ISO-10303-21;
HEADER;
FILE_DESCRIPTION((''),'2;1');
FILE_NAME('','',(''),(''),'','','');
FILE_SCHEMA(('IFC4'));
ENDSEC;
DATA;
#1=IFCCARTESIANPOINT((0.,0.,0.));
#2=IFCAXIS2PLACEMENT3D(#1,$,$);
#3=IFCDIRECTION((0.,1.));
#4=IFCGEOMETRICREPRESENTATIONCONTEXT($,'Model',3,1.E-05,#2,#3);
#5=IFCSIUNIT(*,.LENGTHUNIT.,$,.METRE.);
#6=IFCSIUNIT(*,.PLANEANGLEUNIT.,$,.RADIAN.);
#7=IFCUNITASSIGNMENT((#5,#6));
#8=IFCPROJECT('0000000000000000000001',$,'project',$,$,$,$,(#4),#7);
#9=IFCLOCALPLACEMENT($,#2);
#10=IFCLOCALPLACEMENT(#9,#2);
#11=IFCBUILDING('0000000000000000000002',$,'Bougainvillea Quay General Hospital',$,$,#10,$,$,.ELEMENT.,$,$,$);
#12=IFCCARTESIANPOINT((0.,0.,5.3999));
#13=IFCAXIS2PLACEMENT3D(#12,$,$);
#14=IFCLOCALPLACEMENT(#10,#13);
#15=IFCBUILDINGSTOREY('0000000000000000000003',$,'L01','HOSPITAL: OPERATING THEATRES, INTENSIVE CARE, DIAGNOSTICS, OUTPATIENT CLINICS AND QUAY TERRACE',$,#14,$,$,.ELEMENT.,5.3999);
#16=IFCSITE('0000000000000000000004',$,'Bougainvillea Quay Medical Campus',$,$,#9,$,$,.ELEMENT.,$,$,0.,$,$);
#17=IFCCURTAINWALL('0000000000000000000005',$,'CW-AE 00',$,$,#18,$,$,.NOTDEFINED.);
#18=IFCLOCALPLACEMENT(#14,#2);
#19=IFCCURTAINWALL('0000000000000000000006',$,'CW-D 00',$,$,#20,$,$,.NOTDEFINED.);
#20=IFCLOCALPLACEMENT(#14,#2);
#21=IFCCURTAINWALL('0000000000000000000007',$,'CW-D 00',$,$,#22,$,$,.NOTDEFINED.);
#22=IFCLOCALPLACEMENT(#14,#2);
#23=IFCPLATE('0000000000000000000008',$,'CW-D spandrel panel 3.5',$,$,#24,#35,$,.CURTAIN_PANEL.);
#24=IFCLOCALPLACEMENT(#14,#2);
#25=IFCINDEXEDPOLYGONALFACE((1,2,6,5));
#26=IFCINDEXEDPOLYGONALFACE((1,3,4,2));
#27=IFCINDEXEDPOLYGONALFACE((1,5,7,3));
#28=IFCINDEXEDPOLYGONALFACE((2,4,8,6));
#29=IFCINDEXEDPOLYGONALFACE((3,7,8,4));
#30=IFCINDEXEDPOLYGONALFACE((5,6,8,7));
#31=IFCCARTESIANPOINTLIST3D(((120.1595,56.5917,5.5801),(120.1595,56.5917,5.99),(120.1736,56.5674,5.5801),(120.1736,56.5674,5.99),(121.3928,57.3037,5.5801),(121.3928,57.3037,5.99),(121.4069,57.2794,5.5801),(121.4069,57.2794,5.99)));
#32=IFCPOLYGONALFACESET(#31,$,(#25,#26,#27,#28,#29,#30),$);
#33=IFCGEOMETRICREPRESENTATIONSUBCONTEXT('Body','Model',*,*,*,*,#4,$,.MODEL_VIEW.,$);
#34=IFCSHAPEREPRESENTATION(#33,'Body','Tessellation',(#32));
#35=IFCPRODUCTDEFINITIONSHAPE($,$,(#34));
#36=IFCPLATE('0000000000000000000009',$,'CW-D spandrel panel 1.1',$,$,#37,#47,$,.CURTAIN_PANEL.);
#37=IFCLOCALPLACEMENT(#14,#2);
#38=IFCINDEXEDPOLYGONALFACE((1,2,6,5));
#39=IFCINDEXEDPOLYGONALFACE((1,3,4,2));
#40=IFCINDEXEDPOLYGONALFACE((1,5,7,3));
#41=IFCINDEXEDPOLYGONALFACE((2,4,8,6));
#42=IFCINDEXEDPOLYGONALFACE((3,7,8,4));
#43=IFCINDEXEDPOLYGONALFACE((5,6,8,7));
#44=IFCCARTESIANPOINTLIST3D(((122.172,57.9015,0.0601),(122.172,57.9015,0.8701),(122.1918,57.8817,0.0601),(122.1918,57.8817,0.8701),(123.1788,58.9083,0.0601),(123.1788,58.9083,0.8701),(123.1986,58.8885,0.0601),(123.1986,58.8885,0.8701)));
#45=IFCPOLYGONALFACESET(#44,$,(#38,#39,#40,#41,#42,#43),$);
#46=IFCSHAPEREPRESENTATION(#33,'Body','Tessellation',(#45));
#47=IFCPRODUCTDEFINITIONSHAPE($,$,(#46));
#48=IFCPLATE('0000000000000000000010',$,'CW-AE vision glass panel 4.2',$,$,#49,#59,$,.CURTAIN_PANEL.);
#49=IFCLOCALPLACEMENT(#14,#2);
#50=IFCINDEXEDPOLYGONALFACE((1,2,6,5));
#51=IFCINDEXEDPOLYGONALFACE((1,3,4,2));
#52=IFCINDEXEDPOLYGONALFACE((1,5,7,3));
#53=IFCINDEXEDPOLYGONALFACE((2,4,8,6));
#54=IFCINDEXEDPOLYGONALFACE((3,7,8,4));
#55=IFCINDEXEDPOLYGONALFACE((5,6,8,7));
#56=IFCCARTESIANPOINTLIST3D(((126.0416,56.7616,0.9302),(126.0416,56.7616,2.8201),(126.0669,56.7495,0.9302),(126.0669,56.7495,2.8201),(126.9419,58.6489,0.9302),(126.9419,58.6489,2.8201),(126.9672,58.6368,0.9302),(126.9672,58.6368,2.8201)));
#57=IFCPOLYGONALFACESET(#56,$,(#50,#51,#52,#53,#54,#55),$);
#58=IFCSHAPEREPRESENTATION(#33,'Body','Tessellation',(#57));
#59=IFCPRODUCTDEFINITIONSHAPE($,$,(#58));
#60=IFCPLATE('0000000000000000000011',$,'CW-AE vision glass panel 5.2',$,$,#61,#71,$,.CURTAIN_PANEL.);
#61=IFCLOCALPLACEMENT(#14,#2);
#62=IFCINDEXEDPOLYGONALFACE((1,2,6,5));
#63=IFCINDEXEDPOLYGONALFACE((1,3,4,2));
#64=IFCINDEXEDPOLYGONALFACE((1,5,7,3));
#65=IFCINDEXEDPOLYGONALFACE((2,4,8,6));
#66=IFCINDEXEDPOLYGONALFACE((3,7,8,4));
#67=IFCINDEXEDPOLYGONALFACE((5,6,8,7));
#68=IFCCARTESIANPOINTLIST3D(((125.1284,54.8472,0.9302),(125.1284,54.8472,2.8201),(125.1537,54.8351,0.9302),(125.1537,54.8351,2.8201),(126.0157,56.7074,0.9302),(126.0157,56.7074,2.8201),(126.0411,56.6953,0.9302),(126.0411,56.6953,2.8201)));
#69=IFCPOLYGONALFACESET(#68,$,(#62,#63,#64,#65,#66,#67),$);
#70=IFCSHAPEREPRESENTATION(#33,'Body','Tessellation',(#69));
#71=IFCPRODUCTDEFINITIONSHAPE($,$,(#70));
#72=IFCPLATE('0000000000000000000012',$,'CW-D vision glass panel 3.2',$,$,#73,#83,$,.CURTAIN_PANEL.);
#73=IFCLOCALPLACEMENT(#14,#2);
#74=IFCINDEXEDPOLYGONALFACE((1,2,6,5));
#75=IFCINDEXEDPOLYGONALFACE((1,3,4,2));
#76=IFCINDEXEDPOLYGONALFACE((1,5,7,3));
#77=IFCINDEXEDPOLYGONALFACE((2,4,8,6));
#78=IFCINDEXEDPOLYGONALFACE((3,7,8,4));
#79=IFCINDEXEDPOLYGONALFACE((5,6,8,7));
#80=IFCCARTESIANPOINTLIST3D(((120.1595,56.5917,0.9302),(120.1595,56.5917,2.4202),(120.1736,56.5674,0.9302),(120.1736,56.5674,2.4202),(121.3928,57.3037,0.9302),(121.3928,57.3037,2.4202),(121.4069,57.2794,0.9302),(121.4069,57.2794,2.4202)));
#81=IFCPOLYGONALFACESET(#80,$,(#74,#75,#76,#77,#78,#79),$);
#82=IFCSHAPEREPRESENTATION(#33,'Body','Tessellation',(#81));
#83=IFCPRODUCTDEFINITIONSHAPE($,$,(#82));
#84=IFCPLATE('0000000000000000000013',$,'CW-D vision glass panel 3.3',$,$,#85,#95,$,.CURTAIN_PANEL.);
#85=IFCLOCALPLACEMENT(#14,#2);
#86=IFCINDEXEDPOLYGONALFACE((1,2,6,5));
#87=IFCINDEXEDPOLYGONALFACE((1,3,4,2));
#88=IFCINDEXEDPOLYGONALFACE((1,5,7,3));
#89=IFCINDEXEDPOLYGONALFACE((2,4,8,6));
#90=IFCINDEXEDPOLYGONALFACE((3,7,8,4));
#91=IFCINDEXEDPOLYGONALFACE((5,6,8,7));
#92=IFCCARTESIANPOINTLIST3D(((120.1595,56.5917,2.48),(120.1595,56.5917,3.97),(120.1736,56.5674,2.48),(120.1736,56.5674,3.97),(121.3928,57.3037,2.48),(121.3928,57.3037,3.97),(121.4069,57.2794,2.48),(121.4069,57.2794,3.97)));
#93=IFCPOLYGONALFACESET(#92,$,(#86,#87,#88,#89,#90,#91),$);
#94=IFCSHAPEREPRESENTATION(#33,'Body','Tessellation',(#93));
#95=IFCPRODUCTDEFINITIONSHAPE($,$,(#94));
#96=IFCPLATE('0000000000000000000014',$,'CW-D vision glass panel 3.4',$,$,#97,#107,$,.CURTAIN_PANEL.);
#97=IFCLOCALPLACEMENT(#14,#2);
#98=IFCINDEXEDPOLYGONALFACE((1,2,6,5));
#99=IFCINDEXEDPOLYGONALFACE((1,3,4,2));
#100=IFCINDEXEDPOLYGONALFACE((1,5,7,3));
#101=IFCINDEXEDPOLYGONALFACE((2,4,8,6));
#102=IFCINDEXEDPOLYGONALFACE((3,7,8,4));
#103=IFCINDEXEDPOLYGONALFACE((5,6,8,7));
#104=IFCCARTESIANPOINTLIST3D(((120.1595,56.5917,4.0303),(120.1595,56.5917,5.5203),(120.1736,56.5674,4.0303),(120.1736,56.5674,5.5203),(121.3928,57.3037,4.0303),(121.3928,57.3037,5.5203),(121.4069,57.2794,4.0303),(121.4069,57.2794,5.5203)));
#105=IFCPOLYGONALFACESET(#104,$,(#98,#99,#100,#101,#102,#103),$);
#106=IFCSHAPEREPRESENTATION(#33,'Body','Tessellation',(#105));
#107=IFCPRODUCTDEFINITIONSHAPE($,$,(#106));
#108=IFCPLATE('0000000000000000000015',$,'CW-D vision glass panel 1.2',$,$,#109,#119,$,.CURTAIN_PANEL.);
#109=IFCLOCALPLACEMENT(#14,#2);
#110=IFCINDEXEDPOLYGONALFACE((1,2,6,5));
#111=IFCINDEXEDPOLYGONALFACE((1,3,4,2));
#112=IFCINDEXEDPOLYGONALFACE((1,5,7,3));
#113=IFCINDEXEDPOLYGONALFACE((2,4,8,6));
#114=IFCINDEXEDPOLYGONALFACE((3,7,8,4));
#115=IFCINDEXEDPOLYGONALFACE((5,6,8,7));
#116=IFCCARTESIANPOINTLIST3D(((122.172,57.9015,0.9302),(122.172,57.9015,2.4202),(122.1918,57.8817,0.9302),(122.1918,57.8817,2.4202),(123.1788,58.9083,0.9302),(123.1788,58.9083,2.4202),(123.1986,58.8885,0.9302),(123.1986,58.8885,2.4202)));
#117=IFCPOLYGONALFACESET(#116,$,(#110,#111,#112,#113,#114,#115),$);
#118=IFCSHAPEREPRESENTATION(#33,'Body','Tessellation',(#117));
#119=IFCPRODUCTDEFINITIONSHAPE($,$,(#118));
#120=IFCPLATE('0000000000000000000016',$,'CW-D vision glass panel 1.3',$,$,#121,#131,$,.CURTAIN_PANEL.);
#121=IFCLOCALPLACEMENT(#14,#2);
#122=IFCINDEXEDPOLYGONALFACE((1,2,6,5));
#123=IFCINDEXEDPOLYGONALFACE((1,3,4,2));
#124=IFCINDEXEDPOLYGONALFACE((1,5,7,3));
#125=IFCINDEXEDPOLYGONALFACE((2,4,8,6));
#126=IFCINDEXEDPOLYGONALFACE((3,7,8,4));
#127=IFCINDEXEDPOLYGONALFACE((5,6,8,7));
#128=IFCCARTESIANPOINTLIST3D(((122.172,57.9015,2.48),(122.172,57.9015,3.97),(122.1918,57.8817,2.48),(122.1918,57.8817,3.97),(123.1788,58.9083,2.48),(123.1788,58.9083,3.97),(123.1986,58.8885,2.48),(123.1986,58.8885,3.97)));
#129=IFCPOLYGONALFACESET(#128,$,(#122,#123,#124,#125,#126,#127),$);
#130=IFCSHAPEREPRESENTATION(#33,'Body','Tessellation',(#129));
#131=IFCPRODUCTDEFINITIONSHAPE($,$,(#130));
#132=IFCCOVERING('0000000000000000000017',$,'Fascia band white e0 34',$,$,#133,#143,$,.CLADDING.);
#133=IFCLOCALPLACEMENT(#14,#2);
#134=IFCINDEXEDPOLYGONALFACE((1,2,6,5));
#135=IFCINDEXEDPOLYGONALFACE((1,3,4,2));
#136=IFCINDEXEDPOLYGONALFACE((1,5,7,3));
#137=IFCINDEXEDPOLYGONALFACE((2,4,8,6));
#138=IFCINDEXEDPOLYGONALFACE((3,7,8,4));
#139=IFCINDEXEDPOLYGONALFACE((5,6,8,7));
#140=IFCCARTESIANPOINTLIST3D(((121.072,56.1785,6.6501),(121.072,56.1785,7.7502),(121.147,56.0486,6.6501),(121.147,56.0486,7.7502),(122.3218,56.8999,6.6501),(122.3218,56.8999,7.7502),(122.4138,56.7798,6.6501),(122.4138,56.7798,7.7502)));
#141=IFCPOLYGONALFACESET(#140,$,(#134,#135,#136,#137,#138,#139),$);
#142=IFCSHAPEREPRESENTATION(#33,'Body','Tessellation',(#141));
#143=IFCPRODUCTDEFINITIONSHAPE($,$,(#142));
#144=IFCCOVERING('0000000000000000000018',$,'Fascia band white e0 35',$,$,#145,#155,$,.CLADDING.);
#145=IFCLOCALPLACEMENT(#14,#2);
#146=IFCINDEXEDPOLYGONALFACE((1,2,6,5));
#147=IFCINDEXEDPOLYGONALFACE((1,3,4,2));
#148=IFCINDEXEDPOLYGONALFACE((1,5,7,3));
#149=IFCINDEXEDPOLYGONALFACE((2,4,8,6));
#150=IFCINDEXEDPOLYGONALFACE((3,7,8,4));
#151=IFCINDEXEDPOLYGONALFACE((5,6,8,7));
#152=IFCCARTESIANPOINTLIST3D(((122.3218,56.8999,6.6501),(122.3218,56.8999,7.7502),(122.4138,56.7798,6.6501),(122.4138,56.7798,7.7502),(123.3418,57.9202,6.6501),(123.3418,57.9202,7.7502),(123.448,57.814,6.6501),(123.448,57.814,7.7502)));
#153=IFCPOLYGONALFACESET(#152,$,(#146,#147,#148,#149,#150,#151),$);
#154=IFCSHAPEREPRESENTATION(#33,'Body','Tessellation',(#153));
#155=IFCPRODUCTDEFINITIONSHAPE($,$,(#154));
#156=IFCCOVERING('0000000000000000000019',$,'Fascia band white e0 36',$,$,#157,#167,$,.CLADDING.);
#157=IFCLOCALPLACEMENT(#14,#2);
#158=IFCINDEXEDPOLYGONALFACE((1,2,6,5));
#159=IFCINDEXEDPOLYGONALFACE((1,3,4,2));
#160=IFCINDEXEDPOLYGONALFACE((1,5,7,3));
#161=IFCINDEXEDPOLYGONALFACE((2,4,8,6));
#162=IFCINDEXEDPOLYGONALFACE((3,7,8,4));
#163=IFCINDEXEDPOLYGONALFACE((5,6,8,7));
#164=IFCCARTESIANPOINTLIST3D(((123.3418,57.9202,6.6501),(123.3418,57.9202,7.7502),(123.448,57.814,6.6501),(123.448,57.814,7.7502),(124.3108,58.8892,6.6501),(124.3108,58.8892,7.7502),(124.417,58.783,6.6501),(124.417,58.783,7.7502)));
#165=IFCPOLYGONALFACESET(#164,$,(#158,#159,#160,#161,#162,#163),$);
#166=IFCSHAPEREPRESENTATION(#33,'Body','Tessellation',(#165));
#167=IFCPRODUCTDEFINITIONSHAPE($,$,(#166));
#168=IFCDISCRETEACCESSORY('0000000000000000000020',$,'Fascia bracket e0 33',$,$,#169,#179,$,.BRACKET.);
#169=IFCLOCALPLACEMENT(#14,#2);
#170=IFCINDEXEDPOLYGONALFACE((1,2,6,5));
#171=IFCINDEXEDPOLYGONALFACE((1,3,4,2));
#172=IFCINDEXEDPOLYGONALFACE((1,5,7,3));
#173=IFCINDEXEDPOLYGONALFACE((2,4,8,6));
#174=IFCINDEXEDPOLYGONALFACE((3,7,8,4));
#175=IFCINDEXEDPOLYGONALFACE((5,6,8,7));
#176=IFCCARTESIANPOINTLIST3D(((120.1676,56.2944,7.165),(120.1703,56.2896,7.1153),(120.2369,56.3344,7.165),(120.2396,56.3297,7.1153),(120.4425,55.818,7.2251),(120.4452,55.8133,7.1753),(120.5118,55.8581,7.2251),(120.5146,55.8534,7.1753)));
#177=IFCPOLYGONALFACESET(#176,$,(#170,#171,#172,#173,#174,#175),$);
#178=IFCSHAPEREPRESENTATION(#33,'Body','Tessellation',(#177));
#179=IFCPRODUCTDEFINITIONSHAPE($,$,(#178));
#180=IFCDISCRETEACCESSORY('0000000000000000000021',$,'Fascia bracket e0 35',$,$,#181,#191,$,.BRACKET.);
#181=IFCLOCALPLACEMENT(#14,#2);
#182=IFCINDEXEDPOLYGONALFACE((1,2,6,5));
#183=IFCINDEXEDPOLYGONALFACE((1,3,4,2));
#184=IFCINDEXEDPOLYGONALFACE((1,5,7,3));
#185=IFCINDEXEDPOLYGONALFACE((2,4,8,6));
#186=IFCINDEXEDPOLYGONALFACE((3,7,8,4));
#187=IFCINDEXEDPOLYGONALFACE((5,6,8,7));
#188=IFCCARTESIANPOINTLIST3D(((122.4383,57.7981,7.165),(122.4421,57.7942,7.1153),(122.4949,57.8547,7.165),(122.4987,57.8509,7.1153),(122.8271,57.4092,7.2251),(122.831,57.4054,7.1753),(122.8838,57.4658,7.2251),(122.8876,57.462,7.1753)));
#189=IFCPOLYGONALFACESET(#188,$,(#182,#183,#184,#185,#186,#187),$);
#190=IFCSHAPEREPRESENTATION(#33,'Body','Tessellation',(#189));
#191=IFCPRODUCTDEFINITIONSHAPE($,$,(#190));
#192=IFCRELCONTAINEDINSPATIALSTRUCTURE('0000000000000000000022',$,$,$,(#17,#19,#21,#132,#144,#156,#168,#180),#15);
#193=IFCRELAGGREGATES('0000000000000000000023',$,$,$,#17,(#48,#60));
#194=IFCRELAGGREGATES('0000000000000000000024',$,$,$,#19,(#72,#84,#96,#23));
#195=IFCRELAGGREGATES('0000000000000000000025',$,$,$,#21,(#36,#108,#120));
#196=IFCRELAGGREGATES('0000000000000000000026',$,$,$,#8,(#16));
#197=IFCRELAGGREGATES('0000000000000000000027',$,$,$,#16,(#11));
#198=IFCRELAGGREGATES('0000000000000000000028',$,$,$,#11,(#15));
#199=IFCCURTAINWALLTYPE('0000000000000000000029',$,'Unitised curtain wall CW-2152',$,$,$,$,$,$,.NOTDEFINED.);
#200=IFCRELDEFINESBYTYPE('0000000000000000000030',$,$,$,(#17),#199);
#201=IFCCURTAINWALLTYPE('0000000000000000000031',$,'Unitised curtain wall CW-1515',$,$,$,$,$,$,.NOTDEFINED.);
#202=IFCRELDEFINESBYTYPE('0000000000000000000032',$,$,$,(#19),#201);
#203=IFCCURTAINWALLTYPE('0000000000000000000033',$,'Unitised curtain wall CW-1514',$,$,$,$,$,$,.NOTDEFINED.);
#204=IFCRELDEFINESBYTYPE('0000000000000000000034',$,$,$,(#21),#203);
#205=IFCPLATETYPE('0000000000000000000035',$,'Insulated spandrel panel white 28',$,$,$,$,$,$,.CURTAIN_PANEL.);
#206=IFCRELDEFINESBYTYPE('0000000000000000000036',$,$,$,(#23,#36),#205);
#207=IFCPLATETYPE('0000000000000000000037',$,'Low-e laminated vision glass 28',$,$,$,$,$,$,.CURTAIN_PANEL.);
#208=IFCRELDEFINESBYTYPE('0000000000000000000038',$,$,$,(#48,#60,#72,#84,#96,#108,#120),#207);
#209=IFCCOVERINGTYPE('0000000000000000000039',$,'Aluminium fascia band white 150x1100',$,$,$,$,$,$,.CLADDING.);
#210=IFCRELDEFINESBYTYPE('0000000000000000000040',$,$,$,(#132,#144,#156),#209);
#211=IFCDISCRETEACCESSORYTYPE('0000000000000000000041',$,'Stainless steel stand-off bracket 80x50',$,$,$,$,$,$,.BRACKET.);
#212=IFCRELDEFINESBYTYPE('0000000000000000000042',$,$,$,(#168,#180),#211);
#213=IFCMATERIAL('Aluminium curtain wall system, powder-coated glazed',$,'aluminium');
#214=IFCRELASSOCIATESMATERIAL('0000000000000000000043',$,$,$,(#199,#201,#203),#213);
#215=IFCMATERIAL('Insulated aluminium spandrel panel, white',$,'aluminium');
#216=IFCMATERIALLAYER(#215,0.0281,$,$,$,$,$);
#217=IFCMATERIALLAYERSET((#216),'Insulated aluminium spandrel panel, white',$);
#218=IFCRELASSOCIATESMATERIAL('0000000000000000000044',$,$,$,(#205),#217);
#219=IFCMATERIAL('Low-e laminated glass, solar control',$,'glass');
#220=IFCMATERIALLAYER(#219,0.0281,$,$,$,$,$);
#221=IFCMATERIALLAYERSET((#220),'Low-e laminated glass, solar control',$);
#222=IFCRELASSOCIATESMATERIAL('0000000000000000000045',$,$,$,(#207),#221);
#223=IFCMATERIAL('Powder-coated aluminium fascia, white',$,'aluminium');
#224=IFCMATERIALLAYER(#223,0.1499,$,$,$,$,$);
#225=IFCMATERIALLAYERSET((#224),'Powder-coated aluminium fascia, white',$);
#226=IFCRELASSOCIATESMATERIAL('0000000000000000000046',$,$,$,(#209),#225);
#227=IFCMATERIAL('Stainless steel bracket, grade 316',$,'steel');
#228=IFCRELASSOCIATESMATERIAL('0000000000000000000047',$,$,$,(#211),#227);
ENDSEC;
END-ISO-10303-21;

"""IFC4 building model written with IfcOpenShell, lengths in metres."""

from ifc_helpers import new_model, si_unit, direction, frame, origin, origin_2d, place, context, subcontext, project, spatial, polyline, rectangle, outline, extrude, material, layer, layer_set, material_profile, profile_set, type_object, element, aggregate, save


model = new_model("IFC4")

# Units and contexts
model_context = context("Model", 3, precision=1e-05, world=origin(), true_north=direction((0.0, 1.0)))
body_context = subcontext(model_context, "Body", "Model", "MODEL_VIEW")
ifc_project = project(units=[si_unit("LENGTHUNIT", "METRE"), si_unit("PLANEANGLEUNIT", "RADIAN")], contexts=[model_context])

# Site, building, storey
site_placement = place(None, origin())
site = spatial("IfcSite", under=ifc_project, at=site_placement, Name="Bougainvillea Quay Medical Campus", CompositionType="ELEMENT", RefElevation=0.0)
building_placement = place(site_placement, origin())
building = spatial("IfcBuilding", under=site, at=building_placement, Name="Bougainvillea Quay General Hospital", CompositionType="ELEMENT")
storey_placement = place(building_placement, frame((0.0, 0.0, 5.3999)))
storey = spatial("IfcBuildingStorey", under=building, at=storey_placement, Name="L01", Description="HOSPITAL: OPERATING THEATRES, INTENSIVE CARE, DIAGNOSTICS, OUTPATIENT CLINICS AND QUAY TERRACE", CompositionType="ELEMENT", Elevation=5.3999)

# Curtain wall
ifc_material_1 = material(Name="Aluminium curtain wall system, powder-coated glazed", Category="aluminium")
curtain_wall_type_1 = type_object("IfcCurtainWallType", Name="Unitised curtain wall CW-2152", PredefinedType="NOTDEFINED", material=ifc_material_1)
curtain_wall_1_placement = place(storey_placement, origin())
curtain_wall_1 = element("IfcCurtainWall", 1, at=curtain_wall_1_placement, inside=storey, type_object=curtain_wall_type_1, Name="CW-AE 00", PredefinedType="NOTDEFINED")

# Curtain walls
curtain_wall_type_2 = type_object("IfcCurtainWallType", Name="Unitised curtain wall CW-1515", PredefinedType="NOTDEFINED", material=ifc_material_1)
curtain_wall_2_placement = place(storey_placement, origin())
curtain_wall_2 = element("IfcCurtainWall", 2, at=curtain_wall_2_placement, inside=storey, type_object=curtain_wall_type_2, Name="CW-D 00", PredefinedType="NOTDEFINED")
curtain_wall_type_3 = type_object("IfcCurtainWallType", Name="Unitised curtain wall CW-1514", PredefinedType="NOTDEFINED", material=ifc_material_1)
curtain_wall_3_placement = place(storey_placement, origin())
curtain_wall_3 = element("IfcCurtainWall", 3, at=curtain_wall_3_placement, inside=storey, type_object=curtain_wall_type_3, Name="CW-D 00", PredefinedType="NOTDEFINED")

# Plates
ifc_material_2 = material(Name="Insulated aluminium spandrel panel, white", Category="aluminium")
ifc_layer_1 = layer(ifc_material_2, 0.0281)
ifc_layer_set_1 = layer_set([ifc_layer_1], Name="Insulated aluminium spandrel panel, white")
plate_type_1 = type_object("IfcPlateType", Name="Insulated spandrel panel white 28", PredefinedType="CURTAIN_PANEL", material=ifc_layer_set_1)
plate_1_placement = place(storey_placement, frame((120.7832, 56.9355, 5.5801), z_axis=(0.0, 0.0, 1.0), x_axis=(0.866046, 0.499965, 0.0)))
plate_1 = element("IfcPlate", 4, at=plate_1_placement, type_object=plate_type_1, Name="CW-D spandrel panel 3.5", PredefinedType="CURTAIN_PANEL", context=body_context, shape_type="SweptSolid", body=[
    extrude(rectangle(XDim=1.4241, YDim=0.0281, at=origin_2d()), origin(), (0.0, 0.0, 1.0), 0.4099),
])
plate_2_placement = place(storey_placement, frame((122.6853, 58.395, 0.0601), z_axis=(0.0, 0.0, 1.0), x_axis=(0.707107, 0.707107, 0.0)))
plate_2 = element("IfcPlate", 5, at=plate_2_placement, type_object=plate_type_1, Name="CW-D spandrel panel 1.1", PredefinedType="CURTAIN_PANEL", context=body_context, shape_type="SweptSolid", body=[
    extrude(rectangle(XDim=1.4238, YDim=0.0281, at=origin_2d()), origin(), (0.0, 0.0, 1.0), 0.8101),
])
ifc_material_3 = material(Name="Low-e laminated glass, solar control", Category="glass")
ifc_layer_2 = layer(ifc_material_3, 0.0281)
ifc_layer_set_2 = layer_set([ifc_layer_2], Name="Low-e laminated glass, solar control")
plate_type_2 = type_object("IfcPlateType", Name="Low-e laminated vision glass 28", PredefinedType="CURTAIN_PANEL", material=ifc_layer_set_2)
plate_3_placement = place(storey_placement, frame((126.5044, 57.6992, 0.9302), z_axis=(0.0, 0.0, 1.0), x_axis=(-0.43053, -0.902576, 0.0)))
plate_3 = element("IfcPlate", 6, at=plate_3_placement, type_object=plate_type_2, Name="CW-AE vision glass panel 4.2", PredefinedType="CURTAIN_PANEL", context=body_context, shape_type="SweptSolid", body=[
    extrude(rectangle(XDim=2.0911, YDim=0.0281, at=origin_2d()), origin(), (0.0, 0.0, 1.0), 1.8899),
])
plate_4_placement = place(storey_placement, frame((125.5847, 55.7712, 0.9302), z_axis=(0.0, 0.0, 1.0), x_axis=(-0.43053, -0.902576, 0.0)))
plate_4 = element("IfcPlate", 7, at=plate_4_placement, type_object=plate_type_2, Name="CW-AE vision glass panel 5.2", PredefinedType="CURTAIN_PANEL", context=body_context, shape_type="SweptSolid", body=[
    extrude(rectangle(XDim=2.061, YDim=0.0281, at=origin_2d()), origin(), (0.0, 0.0, 1.0), 1.8899),
])
aggregate(curtain_wall_1, [plate_3, plate_4])
plate_5_placement = place(storey_placement, frame((120.7832, 56.9355, 0.9302), z_axis=(0.0, 0.0, 1.0), x_axis=(0.866046, 0.499965, 0.0)))
plate_5 = element("IfcPlate", 8, at=plate_5_placement, type_object=plate_type_2, Name="CW-D vision glass panel 3.2", PredefinedType="CURTAIN_PANEL", context=body_context, shape_type="SweptSolid", body=[
    extrude(rectangle(XDim=1.4241, YDim=0.0281, at=origin_2d()), origin(), (0.0, 0.0, 1.0), 1.49),
])
plate_6_placement = place(storey_placement, frame((120.7832, 56.9355, 2.48), z_axis=(0.0, 0.0, 1.0), x_axis=(0.866046, 0.499965, 0.0)))
plate_6 = element("IfcPlate", 9, at=plate_6_placement, type_object=plate_type_2, Name="CW-D vision glass panel 3.3", PredefinedType="CURTAIN_PANEL", context=body_context, shape_type="SweptSolid", body=[
    extrude(rectangle(XDim=1.4241, YDim=0.0281, at=origin_2d()), origin(), (0.0, 0.0, 1.0), 1.49),
])
plate_7_placement = place(storey_placement, frame((120.7832, 56.9355, 4.0303), z_axis=(0.0, 0.0, 1.0), x_axis=(0.866046, 0.499965, 0.0)))
plate_7 = element("IfcPlate", 10, at=plate_7_placement, type_object=plate_type_2, Name="CW-D vision glass panel 3.4", PredefinedType="CURTAIN_PANEL", context=body_context, shape_type="SweptSolid", body=[
    extrude(rectangle(XDim=1.4241, YDim=0.0281, at=origin_2d()), origin(), (0.0, 0.0, 1.0), 1.49),
])
aggregate(curtain_wall_2, [plate_5, plate_6, plate_7, plate_1])
plate_8_placement = place(storey_placement, frame((122.6853, 58.395, 0.9302), z_axis=(0.0, 0.0, 1.0), x_axis=(0.707107, 0.707107, 0.0)))
plate_8 = element("IfcPlate", 11, at=plate_8_placement, type_object=plate_type_2, Name="CW-D vision glass panel 1.2", PredefinedType="CURTAIN_PANEL", context=body_context, shape_type="SweptSolid", body=[
    extrude(rectangle(XDim=1.4238, YDim=0.0281, at=origin_2d()), origin(), (0.0, 0.0, 1.0), 1.49),
])
plate_9_placement = place(storey_placement, frame((122.6853, 58.395, 2.48), z_axis=(0.0, 0.0, 1.0), x_axis=(0.707107, 0.707107, 0.0)))
plate_9 = element("IfcPlate", 12, at=plate_9_placement, type_object=plate_type_2, Name="CW-D vision glass panel 1.3", PredefinedType="CURTAIN_PANEL", context=body_context, shape_type="SweptSolid", body=[
    extrude(rectangle(XDim=1.4238, YDim=0.0281, at=origin_2d()), origin(), (0.0, 0.0, 1.0), 1.49),
])
aggregate(curtain_wall_3, [plate_2, plate_8, plate_9])

# Coverings
ifc_material_4 = material(Name="Powder-coated aluminium fascia, white", Category="aluminium")
ifc_layer_3 = layer(ifc_material_4, 0.1499)
ifc_layer_set_3 = layer_set([ifc_layer_3], Name="Powder-coated aluminium fascia, white")
covering_type = type_object("IfcCoveringType", Name="Aluminium fascia band white 150x1100", PredefinedType="CLADDING", material=ifc_layer_set_3)
covering_1_placement = place(storey_placement, frame((121.072, 56.1785, 6.6501), z_axis=(0.0, 0.0, 1.0), x_axis=(0.866059, 0.499942, 0.0)))
element("IfcCovering", 13, at=covering_1_placement, inside=storey, type_object=covering_type, Name="Fascia band white e0 34", PredefinedType="CLADDING", context=body_context, shape_type="SweptSolid", body=[
    extrude(outline(polyline([(0.0, 0.0), (1.443, 0.0), (1.4627, -0.15), (0.0, -0.15), (0.0, 0.0)])), origin(), (0.0, 0.0, 1.0), 1.1001),
])
covering_2_placement = place(storey_placement, frame((122.3218, 56.8999, 6.6501), z_axis=(0.0, 0.0, 1.0), x_axis=(0.707022, 0.707191, 0.0)))
element("IfcCovering", 14, at=covering_2_placement, inside=storey, type_object=covering_type, Name="Fascia band white e0 35", PredefinedType="CLADDING", context=body_context, shape_type="SweptSolid", body=[
    extrude(outline(polyline([(0.0, 0.0), (1.4427, 0.0), (1.4427, -0.1502), (-0.0199, -0.15), (0.0, 0.0)])), origin(), (0.0, 0.0, 1.0), 1.1001),
])
covering_3_placement = place(storey_placement, frame((123.3418, 57.9202, 6.6501), z_axis=(0.0, 0.0, 1.0), x_axis=(0.707107, 0.707107, 0.0)))
element("IfcCovering", 15, at=covering_3_placement, inside=storey, type_object=covering_type, Name="Fascia band white e0 36", PredefinedType="CLADDING", context=body_context, shape_type="SweptSolid", body=[
    extrude(outline(polyline([(0.0, 0.0), (1.3704, 0.0), (1.3704, -0.1502), (0.0, -0.1502), (0.0, 0.0)])), origin(), (0.0, 0.0, 1.0), 1.1001),
])

# Discrete accessories
ifc_material_5 = material(Name="Stainless steel bracket, grade 316", Category="steel")
ifc_material_profile_1 = material_profile(ifc_material_5, rectangle(XDim=0.0801, YDim=0.05, at=origin_2d()))
ifc_profile_set_1 = profile_set([ifc_material_profile_1], Name="Stainless steel bracket, grade 316")
discrete_accessory_type = type_object("IfcDiscreteAccessoryType", Name="Stainless steel stand-off bracket 80x50", PredefinedType="BRACKET", material=ifc_profile_set_1)
for number, where, z_axis, x_axis, name in (
    (16, (120.2036, 56.312, 7.1401), (0.496909, -0.860985, 0.108561), (0.866104, 0.499863, 0.0), "Fascia bracket e0 33"),
    (17, (122.4685, 57.8245, 7.1401), (0.702928, -0.702928, 0.10855), (0.707107, 0.707107, 0.0), "Fascia bracket e0 35"),
):
    element("IfcDiscreteAccessory", number, at=place(storey_placement, frame(where, z_axis=z_axis, x_axis=x_axis)), inside=storey, type_object=discrete_accessory_type, Name=name, PredefinedType="BRACKET", context=body_context, shape_type="SweptSolid", body=[
        extrude(rectangle(XDim=0.0801, YDim=0.05, at=origin_2d()), origin(), (0.0, 0.0, 1.0), 0.5532),
    ])

save(model, "model.ifc")
